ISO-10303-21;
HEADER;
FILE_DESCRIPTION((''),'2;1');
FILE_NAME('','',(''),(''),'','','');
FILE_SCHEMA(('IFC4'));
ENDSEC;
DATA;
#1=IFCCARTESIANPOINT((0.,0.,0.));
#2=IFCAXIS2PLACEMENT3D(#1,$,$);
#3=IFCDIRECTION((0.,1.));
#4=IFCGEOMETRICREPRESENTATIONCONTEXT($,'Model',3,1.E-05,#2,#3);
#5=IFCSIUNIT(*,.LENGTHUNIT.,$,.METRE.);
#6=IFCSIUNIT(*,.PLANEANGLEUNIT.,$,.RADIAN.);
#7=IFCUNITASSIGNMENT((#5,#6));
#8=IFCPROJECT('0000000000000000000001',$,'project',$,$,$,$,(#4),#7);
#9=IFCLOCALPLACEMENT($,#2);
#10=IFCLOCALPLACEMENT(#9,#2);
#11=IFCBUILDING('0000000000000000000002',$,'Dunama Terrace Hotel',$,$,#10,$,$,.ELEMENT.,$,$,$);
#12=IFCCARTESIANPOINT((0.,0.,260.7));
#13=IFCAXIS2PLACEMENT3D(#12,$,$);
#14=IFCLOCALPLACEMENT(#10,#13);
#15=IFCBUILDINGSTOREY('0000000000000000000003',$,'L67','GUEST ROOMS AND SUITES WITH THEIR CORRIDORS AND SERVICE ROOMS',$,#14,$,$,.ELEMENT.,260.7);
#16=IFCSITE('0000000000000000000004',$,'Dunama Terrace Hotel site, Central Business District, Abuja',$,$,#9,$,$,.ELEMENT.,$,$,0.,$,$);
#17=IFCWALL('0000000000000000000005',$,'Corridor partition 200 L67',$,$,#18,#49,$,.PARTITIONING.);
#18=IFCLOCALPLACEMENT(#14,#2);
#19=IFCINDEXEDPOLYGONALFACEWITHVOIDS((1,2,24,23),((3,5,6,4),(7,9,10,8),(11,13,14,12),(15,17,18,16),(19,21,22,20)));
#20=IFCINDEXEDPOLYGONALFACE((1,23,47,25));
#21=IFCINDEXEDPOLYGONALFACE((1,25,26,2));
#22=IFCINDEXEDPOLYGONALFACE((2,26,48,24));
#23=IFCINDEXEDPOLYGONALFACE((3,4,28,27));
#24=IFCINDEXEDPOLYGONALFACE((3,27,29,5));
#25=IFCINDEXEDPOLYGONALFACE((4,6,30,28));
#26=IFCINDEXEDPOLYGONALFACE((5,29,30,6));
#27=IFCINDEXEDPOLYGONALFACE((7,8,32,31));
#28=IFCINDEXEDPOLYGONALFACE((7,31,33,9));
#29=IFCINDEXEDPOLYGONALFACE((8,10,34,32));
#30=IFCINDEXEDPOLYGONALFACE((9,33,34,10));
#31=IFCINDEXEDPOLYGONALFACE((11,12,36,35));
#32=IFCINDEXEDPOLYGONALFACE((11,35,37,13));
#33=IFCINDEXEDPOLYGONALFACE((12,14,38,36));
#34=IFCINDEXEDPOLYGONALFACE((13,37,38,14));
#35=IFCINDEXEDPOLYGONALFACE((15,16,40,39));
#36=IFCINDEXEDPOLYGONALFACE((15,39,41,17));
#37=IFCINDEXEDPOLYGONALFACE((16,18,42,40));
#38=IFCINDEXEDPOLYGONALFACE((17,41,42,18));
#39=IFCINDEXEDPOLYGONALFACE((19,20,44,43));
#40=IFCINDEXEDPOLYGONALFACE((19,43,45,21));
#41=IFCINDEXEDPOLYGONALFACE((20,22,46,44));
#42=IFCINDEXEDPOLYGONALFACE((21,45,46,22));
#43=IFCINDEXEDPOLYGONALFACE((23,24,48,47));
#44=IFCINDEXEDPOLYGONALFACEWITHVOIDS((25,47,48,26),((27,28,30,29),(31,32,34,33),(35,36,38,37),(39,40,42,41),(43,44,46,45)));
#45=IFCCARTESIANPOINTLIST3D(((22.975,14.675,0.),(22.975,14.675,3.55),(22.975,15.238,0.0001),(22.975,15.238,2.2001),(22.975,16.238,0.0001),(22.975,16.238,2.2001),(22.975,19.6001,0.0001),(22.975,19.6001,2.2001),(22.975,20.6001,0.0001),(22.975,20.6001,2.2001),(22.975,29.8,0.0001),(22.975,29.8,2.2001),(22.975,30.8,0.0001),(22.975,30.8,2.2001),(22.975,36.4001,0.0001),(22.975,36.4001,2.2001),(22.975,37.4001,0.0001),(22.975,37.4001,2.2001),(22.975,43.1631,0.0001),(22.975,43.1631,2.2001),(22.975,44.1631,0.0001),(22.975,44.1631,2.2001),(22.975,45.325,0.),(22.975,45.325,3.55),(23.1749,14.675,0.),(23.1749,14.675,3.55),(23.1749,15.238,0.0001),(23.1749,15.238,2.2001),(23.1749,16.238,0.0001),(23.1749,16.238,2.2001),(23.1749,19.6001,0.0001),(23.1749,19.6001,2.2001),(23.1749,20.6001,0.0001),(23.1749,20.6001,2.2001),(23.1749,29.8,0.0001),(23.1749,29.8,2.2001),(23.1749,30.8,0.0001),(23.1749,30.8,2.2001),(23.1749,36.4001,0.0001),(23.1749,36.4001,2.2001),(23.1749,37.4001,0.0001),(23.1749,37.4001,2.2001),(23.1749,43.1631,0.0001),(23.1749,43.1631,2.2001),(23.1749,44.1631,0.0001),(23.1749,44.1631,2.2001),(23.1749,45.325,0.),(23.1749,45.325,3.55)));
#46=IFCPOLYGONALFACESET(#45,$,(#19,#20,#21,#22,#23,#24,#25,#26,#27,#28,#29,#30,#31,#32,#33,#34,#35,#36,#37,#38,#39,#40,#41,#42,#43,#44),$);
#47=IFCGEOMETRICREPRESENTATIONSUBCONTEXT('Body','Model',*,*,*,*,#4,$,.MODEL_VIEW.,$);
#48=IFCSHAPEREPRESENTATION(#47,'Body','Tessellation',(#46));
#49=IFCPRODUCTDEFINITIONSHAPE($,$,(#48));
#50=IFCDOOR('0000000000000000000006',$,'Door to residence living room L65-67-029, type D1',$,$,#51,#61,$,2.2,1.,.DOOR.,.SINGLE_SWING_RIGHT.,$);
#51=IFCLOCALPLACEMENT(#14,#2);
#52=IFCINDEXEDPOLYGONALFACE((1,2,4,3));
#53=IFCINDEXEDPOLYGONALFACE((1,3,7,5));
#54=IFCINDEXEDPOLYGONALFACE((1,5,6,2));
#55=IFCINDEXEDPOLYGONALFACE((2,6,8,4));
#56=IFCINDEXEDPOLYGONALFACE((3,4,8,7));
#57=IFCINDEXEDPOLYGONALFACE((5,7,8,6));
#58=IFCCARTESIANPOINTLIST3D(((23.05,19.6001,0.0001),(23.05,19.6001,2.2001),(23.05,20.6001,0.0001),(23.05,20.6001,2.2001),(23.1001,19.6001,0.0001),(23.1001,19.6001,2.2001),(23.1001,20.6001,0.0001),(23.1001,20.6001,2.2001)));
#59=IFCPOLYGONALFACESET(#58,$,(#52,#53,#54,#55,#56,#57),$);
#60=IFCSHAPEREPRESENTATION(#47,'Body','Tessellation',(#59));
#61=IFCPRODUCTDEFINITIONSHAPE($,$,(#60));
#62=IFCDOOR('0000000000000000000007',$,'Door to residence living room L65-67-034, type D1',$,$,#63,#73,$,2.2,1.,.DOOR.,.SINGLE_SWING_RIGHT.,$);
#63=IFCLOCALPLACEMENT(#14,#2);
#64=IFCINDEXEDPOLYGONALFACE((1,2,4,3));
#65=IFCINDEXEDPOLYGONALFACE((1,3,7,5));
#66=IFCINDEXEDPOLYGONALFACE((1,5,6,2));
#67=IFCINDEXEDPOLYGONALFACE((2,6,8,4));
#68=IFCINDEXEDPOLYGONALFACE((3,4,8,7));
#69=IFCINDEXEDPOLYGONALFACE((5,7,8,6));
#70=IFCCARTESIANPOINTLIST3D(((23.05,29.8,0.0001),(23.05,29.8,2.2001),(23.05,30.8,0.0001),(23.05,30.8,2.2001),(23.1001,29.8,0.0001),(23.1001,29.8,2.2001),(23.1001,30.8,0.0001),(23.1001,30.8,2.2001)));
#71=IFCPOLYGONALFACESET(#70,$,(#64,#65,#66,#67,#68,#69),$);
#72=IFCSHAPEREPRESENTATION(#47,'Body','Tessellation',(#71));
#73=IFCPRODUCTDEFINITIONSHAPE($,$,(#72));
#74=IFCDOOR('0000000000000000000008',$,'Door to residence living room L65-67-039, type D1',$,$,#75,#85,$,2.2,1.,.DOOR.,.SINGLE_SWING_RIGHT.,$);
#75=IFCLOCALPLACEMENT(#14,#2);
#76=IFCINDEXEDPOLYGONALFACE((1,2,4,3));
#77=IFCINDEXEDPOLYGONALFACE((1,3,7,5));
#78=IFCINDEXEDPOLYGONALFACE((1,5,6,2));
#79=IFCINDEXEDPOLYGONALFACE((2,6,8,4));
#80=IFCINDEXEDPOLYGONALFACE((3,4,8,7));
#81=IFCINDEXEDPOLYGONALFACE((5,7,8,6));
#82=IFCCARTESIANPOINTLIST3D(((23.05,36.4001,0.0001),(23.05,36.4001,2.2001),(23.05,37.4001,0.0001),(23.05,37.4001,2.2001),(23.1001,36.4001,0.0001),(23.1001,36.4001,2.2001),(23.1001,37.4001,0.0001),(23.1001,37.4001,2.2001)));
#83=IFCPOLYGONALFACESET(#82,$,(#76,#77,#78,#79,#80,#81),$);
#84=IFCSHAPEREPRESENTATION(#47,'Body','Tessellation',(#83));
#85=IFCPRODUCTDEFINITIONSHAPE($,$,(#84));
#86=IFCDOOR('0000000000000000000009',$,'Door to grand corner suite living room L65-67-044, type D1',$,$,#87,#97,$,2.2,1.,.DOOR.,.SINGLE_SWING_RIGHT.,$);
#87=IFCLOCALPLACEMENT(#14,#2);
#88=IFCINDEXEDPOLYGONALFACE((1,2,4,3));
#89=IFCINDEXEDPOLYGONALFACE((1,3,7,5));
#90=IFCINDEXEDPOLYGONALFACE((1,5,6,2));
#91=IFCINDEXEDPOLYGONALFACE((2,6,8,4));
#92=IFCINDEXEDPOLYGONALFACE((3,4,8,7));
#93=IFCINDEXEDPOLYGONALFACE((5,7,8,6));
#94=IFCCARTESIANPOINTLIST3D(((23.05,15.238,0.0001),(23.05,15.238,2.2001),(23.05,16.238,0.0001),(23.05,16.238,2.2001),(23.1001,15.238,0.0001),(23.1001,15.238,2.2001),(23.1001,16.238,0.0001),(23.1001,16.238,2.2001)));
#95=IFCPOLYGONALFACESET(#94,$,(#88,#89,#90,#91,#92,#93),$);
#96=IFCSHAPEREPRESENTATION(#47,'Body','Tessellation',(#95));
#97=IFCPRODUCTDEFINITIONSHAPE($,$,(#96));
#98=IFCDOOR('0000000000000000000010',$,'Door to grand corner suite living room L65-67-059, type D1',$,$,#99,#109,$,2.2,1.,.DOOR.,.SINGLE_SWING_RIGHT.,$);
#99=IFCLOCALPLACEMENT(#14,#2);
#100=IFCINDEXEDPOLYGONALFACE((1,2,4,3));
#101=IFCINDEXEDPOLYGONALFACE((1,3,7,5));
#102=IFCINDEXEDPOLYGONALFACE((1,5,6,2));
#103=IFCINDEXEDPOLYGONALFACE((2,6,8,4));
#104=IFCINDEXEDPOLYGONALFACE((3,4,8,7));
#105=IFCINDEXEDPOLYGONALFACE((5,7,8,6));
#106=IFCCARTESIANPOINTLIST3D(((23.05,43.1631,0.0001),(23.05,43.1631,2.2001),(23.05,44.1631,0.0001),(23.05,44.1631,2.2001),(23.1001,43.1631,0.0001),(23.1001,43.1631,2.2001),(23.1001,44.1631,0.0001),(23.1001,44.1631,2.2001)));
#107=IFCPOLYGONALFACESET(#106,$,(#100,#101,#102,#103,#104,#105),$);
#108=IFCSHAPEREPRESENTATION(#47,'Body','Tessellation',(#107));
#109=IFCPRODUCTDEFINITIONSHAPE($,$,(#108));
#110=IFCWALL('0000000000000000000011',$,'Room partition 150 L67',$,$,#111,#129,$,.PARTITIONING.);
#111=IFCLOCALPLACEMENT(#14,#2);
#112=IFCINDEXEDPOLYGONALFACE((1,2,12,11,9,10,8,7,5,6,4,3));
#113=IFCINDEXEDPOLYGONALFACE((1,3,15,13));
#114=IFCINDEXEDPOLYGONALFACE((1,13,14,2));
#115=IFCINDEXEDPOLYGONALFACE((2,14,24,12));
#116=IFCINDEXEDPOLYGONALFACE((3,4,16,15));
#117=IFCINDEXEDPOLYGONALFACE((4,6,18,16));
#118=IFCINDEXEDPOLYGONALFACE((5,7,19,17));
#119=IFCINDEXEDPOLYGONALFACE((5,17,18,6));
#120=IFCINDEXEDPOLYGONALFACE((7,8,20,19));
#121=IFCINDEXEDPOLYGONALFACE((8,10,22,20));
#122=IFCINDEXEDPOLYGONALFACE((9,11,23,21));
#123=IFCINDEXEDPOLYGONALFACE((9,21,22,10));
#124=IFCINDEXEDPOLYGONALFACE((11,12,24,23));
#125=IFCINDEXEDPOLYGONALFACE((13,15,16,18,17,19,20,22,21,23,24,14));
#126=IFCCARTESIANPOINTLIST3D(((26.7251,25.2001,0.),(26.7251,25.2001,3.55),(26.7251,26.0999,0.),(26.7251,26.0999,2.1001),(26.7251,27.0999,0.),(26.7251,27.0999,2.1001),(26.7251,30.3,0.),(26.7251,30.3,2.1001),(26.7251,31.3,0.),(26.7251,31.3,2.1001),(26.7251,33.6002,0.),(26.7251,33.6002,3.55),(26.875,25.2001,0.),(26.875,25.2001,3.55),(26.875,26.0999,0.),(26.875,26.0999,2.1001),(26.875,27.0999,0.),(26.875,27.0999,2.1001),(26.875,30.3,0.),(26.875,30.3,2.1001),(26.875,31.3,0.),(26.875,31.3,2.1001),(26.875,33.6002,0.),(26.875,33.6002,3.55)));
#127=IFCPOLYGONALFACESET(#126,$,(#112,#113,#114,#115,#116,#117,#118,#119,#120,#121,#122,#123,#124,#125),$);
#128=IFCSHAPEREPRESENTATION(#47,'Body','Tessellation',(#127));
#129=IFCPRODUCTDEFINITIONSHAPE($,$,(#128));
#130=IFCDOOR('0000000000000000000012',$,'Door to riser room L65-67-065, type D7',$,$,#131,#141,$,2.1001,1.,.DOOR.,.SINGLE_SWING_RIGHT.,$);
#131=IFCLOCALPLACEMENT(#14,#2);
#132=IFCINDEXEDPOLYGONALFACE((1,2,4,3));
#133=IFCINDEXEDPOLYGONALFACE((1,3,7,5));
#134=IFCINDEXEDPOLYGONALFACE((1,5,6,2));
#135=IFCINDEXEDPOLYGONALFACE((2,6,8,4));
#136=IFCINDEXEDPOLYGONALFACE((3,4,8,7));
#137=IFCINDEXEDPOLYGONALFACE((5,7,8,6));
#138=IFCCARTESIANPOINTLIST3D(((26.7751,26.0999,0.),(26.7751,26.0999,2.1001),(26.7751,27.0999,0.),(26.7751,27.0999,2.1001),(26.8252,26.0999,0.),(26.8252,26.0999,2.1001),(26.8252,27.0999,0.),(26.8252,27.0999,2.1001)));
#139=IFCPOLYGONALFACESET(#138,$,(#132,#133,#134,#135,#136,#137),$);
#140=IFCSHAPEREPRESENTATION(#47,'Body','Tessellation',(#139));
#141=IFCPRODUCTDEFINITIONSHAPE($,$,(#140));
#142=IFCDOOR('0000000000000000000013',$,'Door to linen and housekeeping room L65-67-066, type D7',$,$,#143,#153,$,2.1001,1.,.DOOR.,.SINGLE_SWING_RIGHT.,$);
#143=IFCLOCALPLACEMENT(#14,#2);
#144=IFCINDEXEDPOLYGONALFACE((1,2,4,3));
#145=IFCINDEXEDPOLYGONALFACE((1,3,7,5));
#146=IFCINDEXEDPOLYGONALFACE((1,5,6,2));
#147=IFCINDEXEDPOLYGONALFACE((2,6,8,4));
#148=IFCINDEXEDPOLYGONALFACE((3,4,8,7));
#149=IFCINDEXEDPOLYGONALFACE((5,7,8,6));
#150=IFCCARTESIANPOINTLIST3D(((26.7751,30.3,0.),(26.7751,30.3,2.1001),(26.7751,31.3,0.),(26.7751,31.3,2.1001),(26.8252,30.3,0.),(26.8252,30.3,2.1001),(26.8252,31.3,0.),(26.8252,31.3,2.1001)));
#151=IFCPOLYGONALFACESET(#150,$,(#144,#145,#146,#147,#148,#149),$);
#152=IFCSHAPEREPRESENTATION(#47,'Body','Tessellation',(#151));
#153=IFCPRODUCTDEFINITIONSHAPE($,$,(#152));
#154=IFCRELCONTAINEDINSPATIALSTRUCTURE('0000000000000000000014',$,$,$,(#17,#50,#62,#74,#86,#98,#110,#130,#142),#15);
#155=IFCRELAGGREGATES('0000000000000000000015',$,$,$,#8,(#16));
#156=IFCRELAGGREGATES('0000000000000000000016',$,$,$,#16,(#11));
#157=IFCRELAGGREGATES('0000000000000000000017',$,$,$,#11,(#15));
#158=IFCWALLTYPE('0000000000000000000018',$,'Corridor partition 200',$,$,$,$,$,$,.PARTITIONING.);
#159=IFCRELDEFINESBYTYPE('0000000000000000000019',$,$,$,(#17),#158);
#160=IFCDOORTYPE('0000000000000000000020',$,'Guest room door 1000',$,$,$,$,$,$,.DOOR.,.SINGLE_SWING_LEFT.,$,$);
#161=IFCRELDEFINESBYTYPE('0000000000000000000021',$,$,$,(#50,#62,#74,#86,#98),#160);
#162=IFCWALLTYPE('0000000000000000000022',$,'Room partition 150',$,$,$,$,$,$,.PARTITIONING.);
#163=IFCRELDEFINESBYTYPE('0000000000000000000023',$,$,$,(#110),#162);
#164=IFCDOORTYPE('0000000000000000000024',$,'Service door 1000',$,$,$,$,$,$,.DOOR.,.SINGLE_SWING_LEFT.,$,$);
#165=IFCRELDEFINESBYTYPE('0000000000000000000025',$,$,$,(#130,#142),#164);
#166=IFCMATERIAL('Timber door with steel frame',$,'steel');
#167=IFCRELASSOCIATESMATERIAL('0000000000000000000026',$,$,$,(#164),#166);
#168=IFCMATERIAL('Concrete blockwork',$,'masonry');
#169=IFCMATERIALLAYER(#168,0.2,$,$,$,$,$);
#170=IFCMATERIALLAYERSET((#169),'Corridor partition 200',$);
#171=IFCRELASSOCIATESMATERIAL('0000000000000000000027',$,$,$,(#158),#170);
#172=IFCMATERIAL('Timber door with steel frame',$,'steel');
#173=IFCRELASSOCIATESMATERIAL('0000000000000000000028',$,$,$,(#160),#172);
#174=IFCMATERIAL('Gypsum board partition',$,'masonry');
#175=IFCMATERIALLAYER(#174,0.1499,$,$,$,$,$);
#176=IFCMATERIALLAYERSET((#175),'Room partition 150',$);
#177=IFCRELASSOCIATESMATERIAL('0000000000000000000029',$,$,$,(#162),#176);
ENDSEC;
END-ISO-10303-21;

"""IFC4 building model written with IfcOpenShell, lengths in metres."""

from ifc_helpers import new_model, si_unit, direction, frame, frame_2d, origin, place, context, subcontext, project, spatial, rectangle, extrude, material, layer, layer_set, type_object, element, fill, save


model = new_model("IFC4")

# Units and contexts
model_context = context("Model", 3, precision=1e-05, world=origin(), true_north=direction((0.0, 1.0)))
body_context = subcontext(model_context, "Body", "Model", "MODEL_VIEW")
ifc_project = project(units=[si_unit("LENGTHUNIT", "METRE"), si_unit("PLANEANGLEUNIT", "RADIAN")], contexts=[model_context])

# Site, building, storey
site_placement = place(None, origin())
site = spatial("IfcSite", under=ifc_project, at=site_placement, Name="Dunama Terrace Hotel site, Central Business District, Abuja", CompositionType="ELEMENT", RefElevation=0.0)
building_placement = place(site_placement, origin())
building = spatial("IfcBuilding", under=site, at=building_placement, Name="Dunama Terrace Hotel", CompositionType="ELEMENT")
storey_placement = place(building_placement, frame((0.0, 0.0, 260.7)))
storey = spatial("IfcBuildingStorey", under=building, at=storey_placement, Name="L67", Description="GUEST ROOMS AND SUITES WITH THEIR CORRIDORS AND SERVICE ROOMS", CompositionType="ELEMENT", Elevation=260.7)

# Walls, openings, doors
ifc_material_1 = material(Name="Timber door with steel frame", Category="steel")
door_type_1 = type_object("IfcDoorType", Name="Service door 1000", OperationType="SINGLE_SWING_LEFT", PredefinedType="DOOR", material=ifc_material_1)
ifc_material_2 = material(Name="Concrete blockwork", Category="masonry")
ifc_layer_1 = layer(ifc_material_2, 0.2)
ifc_layer_set_1 = layer_set([ifc_layer_1], Name="Corridor partition 200")
wall_type_1 = type_object("IfcWallType", Name="Corridor partition 200", PredefinedType="PARTITIONING", material=ifc_layer_set_1)
wall_1_placement = place(storey_placement, frame((23.075, 14.675, 0.0), z_axis=(0.0, 0.0, 1.0), x_axis=(0.0, 1.0, 0.0)))
wall_1 = element("IfcWall", 1, at=wall_1_placement, inside=storey, type_object=wall_type_1, Name="Corridor partition 200 L67", PredefinedType="PARTITIONING", context=body_context, shape_type="SweptSolid", body=[
    extrude(rectangle(XDim=30.6499, YDim=0.2, at=frame_2d((15.325, 0.0))), origin(), (0.0, 0.0, 1.0), 3.55),
])
opening_1_placement = place(wall_1_placement, frame((4.925, 0.0, 0.0)))
opening_1 = element("IfcOpeningElement", 2, at=opening_1_placement, cuts=wall_1, PredefinedType="OPENING", context=body_context, shape_type="SweptSolid", body=[
    extrude(rectangle(XDim=1.0, YDim=2.2, at=frame_2d((0.5, 1.1001))), frame((0.0, 0.1099, 0.0), z_axis=(0.0, -1.0, 0.0), x_axis=(1.0, 0.0, 0.0)), (0.0, 0.0, 1.0), 0.22),
])
opening_2_placement = place(wall_1_placement, frame((15.125, 0.0, 0.0)))
opening_2 = element("IfcOpeningElement", 3, at=opening_2_placement, cuts=wall_1, PredefinedType="OPENING", context=body_context, shape_type="SweptSolid", body=[
    extrude(rectangle(XDim=1.0, YDim=2.2, at=frame_2d((0.5, 1.1001))), frame((0.0, 0.1099, 0.0), z_axis=(0.0, -1.0, 0.0), x_axis=(1.0, 0.0, 0.0)), (0.0, 0.0, 1.0), 0.22),
])
opening_3_placement = place(wall_1_placement, frame((21.7251, 0.0, 0.0)))
opening_3 = element("IfcOpeningElement", 4, at=opening_3_placement, cuts=wall_1, PredefinedType="OPENING", context=body_context, shape_type="SweptSolid", body=[
    extrude(rectangle(XDim=1.0, YDim=2.2, at=frame_2d((0.5, 1.1001))), frame((0.0, 0.1099, 0.0), z_axis=(0.0, -1.0, 0.0), x_axis=(1.0, 0.0, 0.0)), (0.0, 0.0, 1.0), 0.22),
])
opening_4_placement = place(wall_1_placement, frame((0.563, 0.0, 0.0)))
opening_4 = element("IfcOpeningElement", 5, at=opening_4_placement, cuts=wall_1, PredefinedType="OPENING", context=body_context, shape_type="SweptSolid", body=[
    extrude(rectangle(XDim=1.0, YDim=2.2, at=frame_2d((0.5, 1.1001))), frame((0.0, 0.1099, 0.0), z_axis=(0.0, -1.0, 0.0), x_axis=(1.0, 0.0, 0.0)), (0.0, 0.0, 1.0), 0.22),
])
opening_5_placement = place(wall_1_placement, frame((28.488, 0.0, 0.0)))
opening_5 = element("IfcOpeningElement", 6, at=opening_5_placement, cuts=wall_1, PredefinedType="OPENING", context=body_context, shape_type="SweptSolid", body=[
    extrude(rectangle(XDim=1.0, YDim=2.2, at=frame_2d((0.5, 1.1001))), frame((0.0, 0.1099, 0.0), z_axis=(0.0, -1.0, 0.0), x_axis=(1.0, 0.0, 0.0)), (0.0, 0.0, 1.0), 0.22),
])
ifc_material_3 = material(Name="Timber door with steel frame", Category="steel")
door_type_2 = type_object("IfcDoorType", Name="Guest room door 1000", OperationType="SINGLE_SWING_LEFT", PredefinedType="DOOR", material=ifc_material_3)
door_1_placement = place(opening_1_placement, origin())
door_1 = element("IfcDoor", 7, at=door_1_placement, inside=storey, type_object=door_type_2, Name="Door to residence living room L65-67-029, type D1", OperationType="SINGLE_SWING_RIGHT", OverallHeight=2.2, OverallWidth=1.0, PredefinedType="DOOR", context=body_context, shape_type="SweptSolid", body=[
    extrude(rectangle(XDim=1.0, YDim=2.2, at=frame_2d((0.5, 1.1001))), frame((0.0, 0.0249, 0.0), z_axis=(0.0, -1.0, 0.0), x_axis=(1.0, 0.0, 0.0)), (0.0, 0.0, 1.0), 0.05),
])
fill(opening_1, door_1)
door_2_placement = place(opening_2_placement, origin())
door_2 = element("IfcDoor", 8, at=door_2_placement, inside=storey, type_object=door_type_2, Name="Door to residence living room L65-67-034, type D1", OperationType="SINGLE_SWING_RIGHT", OverallHeight=2.2, OverallWidth=1.0, PredefinedType="DOOR", context=body_context, shape_type="SweptSolid", body=[
    extrude(rectangle(XDim=1.0, YDim=2.2, at=frame_2d((0.5, 1.1001))), frame((0.0, 0.0249, 0.0), z_axis=(0.0, -1.0, 0.0), x_axis=(1.0, 0.0, 0.0)), (0.0, 0.0, 1.0), 0.05),
])
fill(opening_2, door_2)
door_3_placement = place(opening_3_placement, origin())
door_3 = element("IfcDoor", 9, at=door_3_placement, inside=storey, type_object=door_type_2, Name="Door to residence living room L65-67-039, type D1", OperationType="SINGLE_SWING_RIGHT", OverallHeight=2.2, OverallWidth=1.0, PredefinedType="DOOR", context=body_context, shape_type="SweptSolid", body=[
    extrude(rectangle(XDim=1.0, YDim=2.2, at=frame_2d((0.5, 1.1001))), frame((0.0, 0.0249, 0.0), z_axis=(0.0, -1.0, 0.0), x_axis=(1.0, 0.0, 0.0)), (0.0, 0.0, 1.0), 0.05),
])
fill(opening_3, door_3)
door_4_placement = place(opening_4_placement, origin())
door_4 = element("IfcDoor", 10, at=door_4_placement, inside=storey, type_object=door_type_2, Name="Door to grand corner suite living room L65-67-044, type D1", OperationType="SINGLE_SWING_RIGHT", OverallHeight=2.2, OverallWidth=1.0, PredefinedType="DOOR", context=body_context, shape_type="SweptSolid", body=[
    extrude(rectangle(XDim=1.0, YDim=2.2, at=frame_2d((0.5, 1.1001))), frame((0.0, 0.0249, 0.0), z_axis=(0.0, -1.0, 0.0), x_axis=(1.0, 0.0, 0.0)), (0.0, 0.0, 1.0), 0.05),
])
fill(opening_4, door_4)
door_5_placement = place(opening_5_placement, origin())
door_5 = element("IfcDoor", 11, at=door_5_placement, inside=storey, type_object=door_type_2, Name="Door to grand corner suite living room L65-67-059, type D1", OperationType="SINGLE_SWING_RIGHT", OverallHeight=2.2, OverallWidth=1.0, PredefinedType="DOOR", context=body_context, shape_type="SweptSolid", body=[
    extrude(rectangle(XDim=1.0, YDim=2.2, at=frame_2d((0.5, 1.1001))), frame((0.0, 0.0249, 0.0), z_axis=(0.0, -1.0, 0.0), x_axis=(1.0, 0.0, 0.0)), (0.0, 0.0, 1.0), 0.05),
])
fill(opening_5, door_5)
ifc_material_4 = material(Name="Gypsum board partition", Category="masonry")
ifc_layer_2 = layer(ifc_material_4, 0.1499)
ifc_layer_set_2 = layer_set([ifc_layer_2], Name="Room partition 150")
wall_type_2 = type_object("IfcWallType", Name="Room partition 150", PredefinedType="PARTITIONING", material=ifc_layer_set_2)
wall_2_placement = place(storey_placement, frame((26.8, 25.2, 0.0), z_axis=(0.0, 0.0, 1.0), x_axis=(0.0, 1.0, 0.0)))
wall_2 = element("IfcWall", 12, at=wall_2_placement, inside=storey, type_object=wall_type_2, Name="Room partition 150 L67", PredefinedType="PARTITIONING", context=body_context, shape_type="SweptSolid", body=[
    extrude(rectangle(XDim=8.4001, YDim=0.1499, at=frame_2d((4.2002, 0.0))), origin(), (0.0, 0.0, 1.0), 3.55),
])
opening_6_placement = place(wall_2_placement, frame((0.8999, 0.0, 0.0)))
opening_6 = element("IfcOpeningElement", 13, at=opening_6_placement, cuts=wall_2, PredefinedType="OPENING", context=body_context, shape_type="SweptSolid", body=[
    extrude(rectangle(XDim=1.0, YDim=2.1001, at=frame_2d((0.5, 1.05))), frame((0.0, 0.085, 0.0), z_axis=(0.0, -1.0, 0.0), x_axis=(1.0, 0.0, 0.0)), (0.0, 0.0, 1.0), 0.1699),
])
opening_7_placement = place(wall_2_placement, frame((5.1001, 0.0, 0.0)))
opening_7 = element("IfcOpeningElement", 14, at=opening_7_placement, cuts=wall_2, PredefinedType="OPENING", context=body_context, shape_type="SweptSolid", body=[
    extrude(rectangle(XDim=1.0, YDim=2.1001, at=frame_2d((0.5, 1.05))), frame((0.0, 0.085, 0.0), z_axis=(0.0, -1.0, 0.0), x_axis=(1.0, 0.0, 0.0)), (0.0, 0.0, 1.0), 0.1699),
])
door_6_placement = place(opening_6_placement, frame((1.0, 0.0, 0.0), z_axis=(0.0, 0.0, 1.0), x_axis=(-1.0, 0.0, 0.0)))
door_6 = element("IfcDoor", 15, at=door_6_placement, inside=storey, type_object=door_type_1, Name="Door to riser room L65-67-065, type D7", OperationType="SINGLE_SWING_RIGHT", OverallHeight=2.1001, OverallWidth=1.0, PredefinedType="DOOR", context=body_context, shape_type="SweptSolid", body=[
    extrude(rectangle(XDim=1.0, YDim=2.1001, at=frame_2d((0.5, 1.05))), frame((0.0, 0.0251, 0.0), z_axis=(0.0, -1.0, 0.0), x_axis=(1.0, 0.0, 0.0)), (0.0, 0.0, 1.0), 0.05),
])
fill(opening_6, door_6)
door_7_placement = place(opening_7_placement, frame((1.0, 0.0, 0.0), z_axis=(0.0, 0.0, 1.0), x_axis=(-1.0, 0.0, 0.0)))
door_7 = element("IfcDoor", 16, at=door_7_placement, inside=storey, type_object=door_type_1, Name="Door to linen and housekeeping room L65-67-066, type D7", OperationType="SINGLE_SWING_RIGHT", OverallHeight=2.1001, OverallWidth=1.0, PredefinedType="DOOR", context=body_context, shape_type="SweptSolid", body=[
    extrude(rectangle(XDim=1.0, YDim=2.1001, at=frame_2d((0.5, 1.05))), frame((0.0, 0.0251, 0.0), z_axis=(0.0, -1.0, 0.0), x_axis=(1.0, 0.0, 0.0)), (0.0, 0.0, 1.0), 0.05),
])
fill(opening_7, door_7)

save(model, "model.ifc")
